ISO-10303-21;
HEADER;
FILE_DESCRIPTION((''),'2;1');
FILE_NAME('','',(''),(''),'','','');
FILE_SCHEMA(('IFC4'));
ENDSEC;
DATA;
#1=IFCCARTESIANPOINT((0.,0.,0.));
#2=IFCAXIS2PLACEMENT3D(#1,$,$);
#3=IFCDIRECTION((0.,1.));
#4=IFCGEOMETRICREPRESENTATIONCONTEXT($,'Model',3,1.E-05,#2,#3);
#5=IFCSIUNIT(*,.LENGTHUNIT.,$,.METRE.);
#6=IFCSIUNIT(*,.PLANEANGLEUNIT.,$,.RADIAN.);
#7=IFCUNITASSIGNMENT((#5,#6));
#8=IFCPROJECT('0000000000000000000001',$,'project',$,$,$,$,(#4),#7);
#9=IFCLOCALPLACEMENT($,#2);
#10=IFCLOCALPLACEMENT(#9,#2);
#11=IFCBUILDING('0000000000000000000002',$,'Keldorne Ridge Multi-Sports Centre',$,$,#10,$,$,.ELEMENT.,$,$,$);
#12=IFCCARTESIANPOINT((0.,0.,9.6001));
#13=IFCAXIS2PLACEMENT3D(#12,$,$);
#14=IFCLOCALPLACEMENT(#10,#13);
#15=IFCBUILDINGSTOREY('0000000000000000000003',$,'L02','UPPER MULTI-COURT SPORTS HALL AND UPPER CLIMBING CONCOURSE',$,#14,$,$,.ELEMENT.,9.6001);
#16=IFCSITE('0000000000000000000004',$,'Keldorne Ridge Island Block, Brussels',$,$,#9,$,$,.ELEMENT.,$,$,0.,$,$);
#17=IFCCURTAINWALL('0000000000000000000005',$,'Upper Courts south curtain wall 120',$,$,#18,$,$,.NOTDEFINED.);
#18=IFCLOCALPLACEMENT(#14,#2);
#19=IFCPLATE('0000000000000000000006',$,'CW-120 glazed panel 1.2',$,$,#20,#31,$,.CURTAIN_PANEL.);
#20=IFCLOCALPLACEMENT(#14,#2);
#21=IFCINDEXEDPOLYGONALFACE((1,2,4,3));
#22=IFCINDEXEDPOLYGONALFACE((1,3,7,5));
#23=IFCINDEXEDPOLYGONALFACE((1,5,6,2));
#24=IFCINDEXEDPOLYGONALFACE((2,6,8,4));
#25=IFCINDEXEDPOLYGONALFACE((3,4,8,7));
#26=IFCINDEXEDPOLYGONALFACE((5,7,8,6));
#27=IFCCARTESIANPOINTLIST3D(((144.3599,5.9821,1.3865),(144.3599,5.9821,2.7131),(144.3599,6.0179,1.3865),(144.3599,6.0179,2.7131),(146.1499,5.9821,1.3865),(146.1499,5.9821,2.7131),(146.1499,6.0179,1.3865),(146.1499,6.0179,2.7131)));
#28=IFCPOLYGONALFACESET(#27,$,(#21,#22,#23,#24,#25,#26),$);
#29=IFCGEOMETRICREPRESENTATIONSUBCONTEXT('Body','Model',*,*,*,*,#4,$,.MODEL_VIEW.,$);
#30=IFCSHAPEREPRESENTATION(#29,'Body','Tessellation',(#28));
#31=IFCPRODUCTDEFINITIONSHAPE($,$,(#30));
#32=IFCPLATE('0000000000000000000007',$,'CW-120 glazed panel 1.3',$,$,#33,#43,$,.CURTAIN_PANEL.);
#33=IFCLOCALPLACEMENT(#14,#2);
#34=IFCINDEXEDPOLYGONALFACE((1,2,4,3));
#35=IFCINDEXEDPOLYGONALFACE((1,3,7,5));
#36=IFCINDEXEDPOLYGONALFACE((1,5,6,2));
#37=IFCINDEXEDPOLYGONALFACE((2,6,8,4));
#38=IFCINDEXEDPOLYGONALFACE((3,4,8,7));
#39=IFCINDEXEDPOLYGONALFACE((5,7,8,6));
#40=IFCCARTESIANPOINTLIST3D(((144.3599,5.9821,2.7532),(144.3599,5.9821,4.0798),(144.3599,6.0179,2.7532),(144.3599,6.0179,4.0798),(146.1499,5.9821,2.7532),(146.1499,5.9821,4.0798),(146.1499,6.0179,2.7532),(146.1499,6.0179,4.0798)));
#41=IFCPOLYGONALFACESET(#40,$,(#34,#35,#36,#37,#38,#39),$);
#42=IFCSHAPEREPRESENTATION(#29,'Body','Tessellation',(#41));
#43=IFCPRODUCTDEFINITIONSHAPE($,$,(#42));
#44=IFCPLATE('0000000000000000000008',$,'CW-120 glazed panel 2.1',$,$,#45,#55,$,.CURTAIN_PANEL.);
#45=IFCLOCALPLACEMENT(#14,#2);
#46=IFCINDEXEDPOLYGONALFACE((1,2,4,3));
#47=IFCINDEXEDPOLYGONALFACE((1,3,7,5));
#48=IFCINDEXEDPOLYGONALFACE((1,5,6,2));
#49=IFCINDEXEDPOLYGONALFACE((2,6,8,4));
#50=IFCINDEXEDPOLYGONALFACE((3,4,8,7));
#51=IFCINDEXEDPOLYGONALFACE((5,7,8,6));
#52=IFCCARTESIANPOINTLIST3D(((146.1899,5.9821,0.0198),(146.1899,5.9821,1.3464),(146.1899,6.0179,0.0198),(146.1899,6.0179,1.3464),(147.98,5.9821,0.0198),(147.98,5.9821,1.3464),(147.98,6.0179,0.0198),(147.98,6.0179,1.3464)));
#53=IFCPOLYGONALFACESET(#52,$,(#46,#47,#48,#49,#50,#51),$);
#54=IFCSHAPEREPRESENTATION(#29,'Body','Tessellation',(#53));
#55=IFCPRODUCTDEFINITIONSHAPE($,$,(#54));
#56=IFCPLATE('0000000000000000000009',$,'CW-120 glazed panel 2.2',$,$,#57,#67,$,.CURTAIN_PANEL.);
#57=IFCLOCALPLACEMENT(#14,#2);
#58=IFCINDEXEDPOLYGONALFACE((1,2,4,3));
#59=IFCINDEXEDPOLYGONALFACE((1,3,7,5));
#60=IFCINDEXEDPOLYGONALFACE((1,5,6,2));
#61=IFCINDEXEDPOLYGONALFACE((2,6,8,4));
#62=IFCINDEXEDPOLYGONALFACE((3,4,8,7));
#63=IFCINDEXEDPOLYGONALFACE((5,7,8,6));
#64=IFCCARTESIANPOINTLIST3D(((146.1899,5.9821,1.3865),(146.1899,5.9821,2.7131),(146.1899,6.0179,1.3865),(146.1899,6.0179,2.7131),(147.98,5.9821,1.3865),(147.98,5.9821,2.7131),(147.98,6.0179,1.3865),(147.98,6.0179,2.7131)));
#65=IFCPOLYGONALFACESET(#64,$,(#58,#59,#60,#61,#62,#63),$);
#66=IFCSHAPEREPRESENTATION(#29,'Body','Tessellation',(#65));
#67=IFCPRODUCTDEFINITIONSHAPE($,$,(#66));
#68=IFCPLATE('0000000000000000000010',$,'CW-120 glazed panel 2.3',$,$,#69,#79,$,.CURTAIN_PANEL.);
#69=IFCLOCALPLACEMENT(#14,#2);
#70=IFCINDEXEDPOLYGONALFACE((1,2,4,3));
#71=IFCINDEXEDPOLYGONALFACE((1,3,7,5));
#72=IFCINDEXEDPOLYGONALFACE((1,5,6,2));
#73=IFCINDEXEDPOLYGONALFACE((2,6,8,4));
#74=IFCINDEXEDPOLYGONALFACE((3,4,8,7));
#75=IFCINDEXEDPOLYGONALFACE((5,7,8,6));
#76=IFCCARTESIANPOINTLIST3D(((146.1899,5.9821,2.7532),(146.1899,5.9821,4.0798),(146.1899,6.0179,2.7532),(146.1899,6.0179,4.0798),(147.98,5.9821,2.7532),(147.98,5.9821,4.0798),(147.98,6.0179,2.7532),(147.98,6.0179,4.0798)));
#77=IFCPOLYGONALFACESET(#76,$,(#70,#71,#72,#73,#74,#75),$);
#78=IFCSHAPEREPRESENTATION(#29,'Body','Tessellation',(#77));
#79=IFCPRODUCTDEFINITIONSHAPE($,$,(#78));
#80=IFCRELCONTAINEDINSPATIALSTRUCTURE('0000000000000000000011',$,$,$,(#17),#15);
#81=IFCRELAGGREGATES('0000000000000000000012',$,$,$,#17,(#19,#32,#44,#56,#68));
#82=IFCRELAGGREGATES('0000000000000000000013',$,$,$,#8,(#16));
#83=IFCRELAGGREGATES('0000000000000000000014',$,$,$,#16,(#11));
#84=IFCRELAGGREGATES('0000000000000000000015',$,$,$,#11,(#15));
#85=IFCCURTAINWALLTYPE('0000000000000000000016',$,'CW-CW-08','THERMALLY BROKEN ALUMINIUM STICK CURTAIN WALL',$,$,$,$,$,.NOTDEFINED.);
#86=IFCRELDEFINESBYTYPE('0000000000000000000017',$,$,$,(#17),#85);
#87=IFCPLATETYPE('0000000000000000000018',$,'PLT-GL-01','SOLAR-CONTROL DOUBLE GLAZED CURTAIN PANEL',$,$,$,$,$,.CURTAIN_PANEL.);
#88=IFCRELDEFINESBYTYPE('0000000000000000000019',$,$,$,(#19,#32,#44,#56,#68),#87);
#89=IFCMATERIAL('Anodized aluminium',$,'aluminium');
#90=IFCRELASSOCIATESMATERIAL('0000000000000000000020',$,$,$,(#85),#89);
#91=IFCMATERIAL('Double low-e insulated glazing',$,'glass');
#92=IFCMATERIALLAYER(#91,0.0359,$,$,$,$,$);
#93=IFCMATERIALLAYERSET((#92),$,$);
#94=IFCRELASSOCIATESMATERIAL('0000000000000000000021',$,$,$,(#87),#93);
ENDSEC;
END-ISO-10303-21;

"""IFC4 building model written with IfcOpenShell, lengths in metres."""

from ifc_helpers import new_model, si_unit, direction, frame, origin, origin_2d, place, context, subcontext, project, spatial, rectangle, extrude, material, layer, layer_set, type_object, element, aggregate, save


model = new_model("IFC4")

# Units and contexts
model_context = context("Model", 3, precision=1e-05, world=origin(), true_north=direction((0.0, 1.0)))
body_context = subcontext(model_context, "Body", "Model", "MODEL_VIEW")
ifc_project = project(units=[si_unit("LENGTHUNIT", "METRE"), si_unit("PLANEANGLEUNIT", "RADIAN")], contexts=[model_context])

# Site, building, storey
site_placement = place(None, origin())
site = spatial("IfcSite", under=ifc_project, at=site_placement, Name="Keldorne Ridge Island Block, Brussels", CompositionType="ELEMENT", RefElevation=0.0)
building_placement = place(site_placement, origin())
building = spatial("IfcBuilding", under=site, at=building_placement, Name="Keldorne Ridge Multi-Sports Centre", CompositionType="ELEMENT")
storey_placement = place(building_placement, frame((0.0, 0.0, 9.6001)))
storey = spatial("IfcBuildingStorey", under=building, at=storey_placement, Name="L02", Description="UPPER MULTI-COURT SPORTS HALL AND UPPER CLIMBING CONCOURSE", CompositionType="ELEMENT", Elevation=9.6001)

# Shared definitions
ifc_material_1 = material(Name="Anodized aluminium", Category="aluminium")

# Curtain wall
curtain_wall_type_1 = type_object("IfcCurtainWallType", Name="CW-CW-08", Description="THERMALLY BROKEN ALUMINIUM STICK CURTAIN WALL", PredefinedType="NOTDEFINED", material=ifc_material_1)
curtain_wall_1_placement = place(storey_placement, origin())
curtain_wall_1 = element("IfcCurtainWall", 1, at=curtain_wall_1_placement, inside=storey, type_object=curtain_wall_type_1, Name="Upper Courts south curtain wall 120", PredefinedType="NOTDEFINED")

# Plates
ifc_material_2 = material(Name="Double low-e insulated glazing", Category="glass")
ifc_layer = layer(ifc_material_2, 0.0359)
ifc_layer_set = layer_set([ifc_layer])
plate_type = type_object("IfcPlateType", Name="PLT-GL-01", Description="SOLAR-CONTROL DOUBLE GLAZED CURTAIN PANEL", PredefinedType="CURTAIN_PANEL", material=ifc_layer_set)
plate_1_placement = place(storey_placement, frame((145.2549, 6.0, 1.3865), z_axis=(0.0, 0.0, 1.0), x_axis=(1.0, 0.0, 0.0)))
plate_1 = element("IfcPlate", 2, at=plate_1_placement, type_object=plate_type, Name="CW-120 glazed panel 1.2", PredefinedType="CURTAIN_PANEL", context=body_context, shape_type="SweptSolid", body=[
    extrude(rectangle(XDim=1.79, YDim=0.0359, at=origin_2d()), origin(), (0.0, 0.0, 1.0), 1.3267),
])
plate_2_placement = place(storey_placement, frame((145.2549, 6.0, 2.7532), z_axis=(0.0, 0.0, 1.0), x_axis=(1.0, 0.0, 0.0)))
plate_2 = element("IfcPlate", 3, at=plate_2_placement, type_object=plate_type, Name="CW-120 glazed panel 1.3", PredefinedType="CURTAIN_PANEL", context=body_context, shape_type="SweptSolid", body=[
    extrude(rectangle(XDim=1.79, YDim=0.0359, at=origin_2d()), origin(), (0.0, 0.0, 1.0), 1.3267),
])
plate_3_placement = place(storey_placement, frame((147.085, 6.0, 0.0198), z_axis=(0.0, 0.0, 1.0), x_axis=(1.0, 0.0, 0.0)))
plate_3 = element("IfcPlate", 4, at=plate_3_placement, type_object=plate_type, Name="CW-120 glazed panel 2.1", PredefinedType="CURTAIN_PANEL", context=body_context, shape_type="SweptSolid", body=[
    extrude(rectangle(XDim=1.79, YDim=0.0359, at=origin_2d()), origin(), (0.0, 0.0, 1.0), 1.3267),
])
plate_4_placement = place(storey_placement, frame((147.085, 6.0, 1.3865), z_axis=(0.0, 0.0, 1.0), x_axis=(1.0, 0.0, 0.0)))
plate_4 = element("IfcPlate", 5, at=plate_4_placement, type_object=plate_type, Name="CW-120 glazed panel 2.2", PredefinedType="CURTAIN_PANEL", context=body_context, shape_type="SweptSolid", body=[
    extrude(rectangle(XDim=1.79, YDim=0.0359, at=origin_2d()), origin(), (0.0, 0.0, 1.0), 1.3267),
])
plate_5_placement = place(storey_placement, frame((147.085, 6.0, 2.7532), z_axis=(0.0, 0.0, 1.0), x_axis=(1.0, 0.0, 0.0)))
plate_5 = element("IfcPlate", 6, at=plate_5_placement, type_object=plate_type, Name="CW-120 glazed panel 2.3", PredefinedType="CURTAIN_PANEL", context=body_context, shape_type="SweptSolid", body=[
    extrude(rectangle(XDim=1.79, YDim=0.0359, at=origin_2d()), origin(), (0.0, 0.0, 1.0), 1.3267),
])
aggregate(curtain_wall_1, [plate_1, plate_2, plate_3, plate_4, plate_5])

save(model, "model.ifc")
